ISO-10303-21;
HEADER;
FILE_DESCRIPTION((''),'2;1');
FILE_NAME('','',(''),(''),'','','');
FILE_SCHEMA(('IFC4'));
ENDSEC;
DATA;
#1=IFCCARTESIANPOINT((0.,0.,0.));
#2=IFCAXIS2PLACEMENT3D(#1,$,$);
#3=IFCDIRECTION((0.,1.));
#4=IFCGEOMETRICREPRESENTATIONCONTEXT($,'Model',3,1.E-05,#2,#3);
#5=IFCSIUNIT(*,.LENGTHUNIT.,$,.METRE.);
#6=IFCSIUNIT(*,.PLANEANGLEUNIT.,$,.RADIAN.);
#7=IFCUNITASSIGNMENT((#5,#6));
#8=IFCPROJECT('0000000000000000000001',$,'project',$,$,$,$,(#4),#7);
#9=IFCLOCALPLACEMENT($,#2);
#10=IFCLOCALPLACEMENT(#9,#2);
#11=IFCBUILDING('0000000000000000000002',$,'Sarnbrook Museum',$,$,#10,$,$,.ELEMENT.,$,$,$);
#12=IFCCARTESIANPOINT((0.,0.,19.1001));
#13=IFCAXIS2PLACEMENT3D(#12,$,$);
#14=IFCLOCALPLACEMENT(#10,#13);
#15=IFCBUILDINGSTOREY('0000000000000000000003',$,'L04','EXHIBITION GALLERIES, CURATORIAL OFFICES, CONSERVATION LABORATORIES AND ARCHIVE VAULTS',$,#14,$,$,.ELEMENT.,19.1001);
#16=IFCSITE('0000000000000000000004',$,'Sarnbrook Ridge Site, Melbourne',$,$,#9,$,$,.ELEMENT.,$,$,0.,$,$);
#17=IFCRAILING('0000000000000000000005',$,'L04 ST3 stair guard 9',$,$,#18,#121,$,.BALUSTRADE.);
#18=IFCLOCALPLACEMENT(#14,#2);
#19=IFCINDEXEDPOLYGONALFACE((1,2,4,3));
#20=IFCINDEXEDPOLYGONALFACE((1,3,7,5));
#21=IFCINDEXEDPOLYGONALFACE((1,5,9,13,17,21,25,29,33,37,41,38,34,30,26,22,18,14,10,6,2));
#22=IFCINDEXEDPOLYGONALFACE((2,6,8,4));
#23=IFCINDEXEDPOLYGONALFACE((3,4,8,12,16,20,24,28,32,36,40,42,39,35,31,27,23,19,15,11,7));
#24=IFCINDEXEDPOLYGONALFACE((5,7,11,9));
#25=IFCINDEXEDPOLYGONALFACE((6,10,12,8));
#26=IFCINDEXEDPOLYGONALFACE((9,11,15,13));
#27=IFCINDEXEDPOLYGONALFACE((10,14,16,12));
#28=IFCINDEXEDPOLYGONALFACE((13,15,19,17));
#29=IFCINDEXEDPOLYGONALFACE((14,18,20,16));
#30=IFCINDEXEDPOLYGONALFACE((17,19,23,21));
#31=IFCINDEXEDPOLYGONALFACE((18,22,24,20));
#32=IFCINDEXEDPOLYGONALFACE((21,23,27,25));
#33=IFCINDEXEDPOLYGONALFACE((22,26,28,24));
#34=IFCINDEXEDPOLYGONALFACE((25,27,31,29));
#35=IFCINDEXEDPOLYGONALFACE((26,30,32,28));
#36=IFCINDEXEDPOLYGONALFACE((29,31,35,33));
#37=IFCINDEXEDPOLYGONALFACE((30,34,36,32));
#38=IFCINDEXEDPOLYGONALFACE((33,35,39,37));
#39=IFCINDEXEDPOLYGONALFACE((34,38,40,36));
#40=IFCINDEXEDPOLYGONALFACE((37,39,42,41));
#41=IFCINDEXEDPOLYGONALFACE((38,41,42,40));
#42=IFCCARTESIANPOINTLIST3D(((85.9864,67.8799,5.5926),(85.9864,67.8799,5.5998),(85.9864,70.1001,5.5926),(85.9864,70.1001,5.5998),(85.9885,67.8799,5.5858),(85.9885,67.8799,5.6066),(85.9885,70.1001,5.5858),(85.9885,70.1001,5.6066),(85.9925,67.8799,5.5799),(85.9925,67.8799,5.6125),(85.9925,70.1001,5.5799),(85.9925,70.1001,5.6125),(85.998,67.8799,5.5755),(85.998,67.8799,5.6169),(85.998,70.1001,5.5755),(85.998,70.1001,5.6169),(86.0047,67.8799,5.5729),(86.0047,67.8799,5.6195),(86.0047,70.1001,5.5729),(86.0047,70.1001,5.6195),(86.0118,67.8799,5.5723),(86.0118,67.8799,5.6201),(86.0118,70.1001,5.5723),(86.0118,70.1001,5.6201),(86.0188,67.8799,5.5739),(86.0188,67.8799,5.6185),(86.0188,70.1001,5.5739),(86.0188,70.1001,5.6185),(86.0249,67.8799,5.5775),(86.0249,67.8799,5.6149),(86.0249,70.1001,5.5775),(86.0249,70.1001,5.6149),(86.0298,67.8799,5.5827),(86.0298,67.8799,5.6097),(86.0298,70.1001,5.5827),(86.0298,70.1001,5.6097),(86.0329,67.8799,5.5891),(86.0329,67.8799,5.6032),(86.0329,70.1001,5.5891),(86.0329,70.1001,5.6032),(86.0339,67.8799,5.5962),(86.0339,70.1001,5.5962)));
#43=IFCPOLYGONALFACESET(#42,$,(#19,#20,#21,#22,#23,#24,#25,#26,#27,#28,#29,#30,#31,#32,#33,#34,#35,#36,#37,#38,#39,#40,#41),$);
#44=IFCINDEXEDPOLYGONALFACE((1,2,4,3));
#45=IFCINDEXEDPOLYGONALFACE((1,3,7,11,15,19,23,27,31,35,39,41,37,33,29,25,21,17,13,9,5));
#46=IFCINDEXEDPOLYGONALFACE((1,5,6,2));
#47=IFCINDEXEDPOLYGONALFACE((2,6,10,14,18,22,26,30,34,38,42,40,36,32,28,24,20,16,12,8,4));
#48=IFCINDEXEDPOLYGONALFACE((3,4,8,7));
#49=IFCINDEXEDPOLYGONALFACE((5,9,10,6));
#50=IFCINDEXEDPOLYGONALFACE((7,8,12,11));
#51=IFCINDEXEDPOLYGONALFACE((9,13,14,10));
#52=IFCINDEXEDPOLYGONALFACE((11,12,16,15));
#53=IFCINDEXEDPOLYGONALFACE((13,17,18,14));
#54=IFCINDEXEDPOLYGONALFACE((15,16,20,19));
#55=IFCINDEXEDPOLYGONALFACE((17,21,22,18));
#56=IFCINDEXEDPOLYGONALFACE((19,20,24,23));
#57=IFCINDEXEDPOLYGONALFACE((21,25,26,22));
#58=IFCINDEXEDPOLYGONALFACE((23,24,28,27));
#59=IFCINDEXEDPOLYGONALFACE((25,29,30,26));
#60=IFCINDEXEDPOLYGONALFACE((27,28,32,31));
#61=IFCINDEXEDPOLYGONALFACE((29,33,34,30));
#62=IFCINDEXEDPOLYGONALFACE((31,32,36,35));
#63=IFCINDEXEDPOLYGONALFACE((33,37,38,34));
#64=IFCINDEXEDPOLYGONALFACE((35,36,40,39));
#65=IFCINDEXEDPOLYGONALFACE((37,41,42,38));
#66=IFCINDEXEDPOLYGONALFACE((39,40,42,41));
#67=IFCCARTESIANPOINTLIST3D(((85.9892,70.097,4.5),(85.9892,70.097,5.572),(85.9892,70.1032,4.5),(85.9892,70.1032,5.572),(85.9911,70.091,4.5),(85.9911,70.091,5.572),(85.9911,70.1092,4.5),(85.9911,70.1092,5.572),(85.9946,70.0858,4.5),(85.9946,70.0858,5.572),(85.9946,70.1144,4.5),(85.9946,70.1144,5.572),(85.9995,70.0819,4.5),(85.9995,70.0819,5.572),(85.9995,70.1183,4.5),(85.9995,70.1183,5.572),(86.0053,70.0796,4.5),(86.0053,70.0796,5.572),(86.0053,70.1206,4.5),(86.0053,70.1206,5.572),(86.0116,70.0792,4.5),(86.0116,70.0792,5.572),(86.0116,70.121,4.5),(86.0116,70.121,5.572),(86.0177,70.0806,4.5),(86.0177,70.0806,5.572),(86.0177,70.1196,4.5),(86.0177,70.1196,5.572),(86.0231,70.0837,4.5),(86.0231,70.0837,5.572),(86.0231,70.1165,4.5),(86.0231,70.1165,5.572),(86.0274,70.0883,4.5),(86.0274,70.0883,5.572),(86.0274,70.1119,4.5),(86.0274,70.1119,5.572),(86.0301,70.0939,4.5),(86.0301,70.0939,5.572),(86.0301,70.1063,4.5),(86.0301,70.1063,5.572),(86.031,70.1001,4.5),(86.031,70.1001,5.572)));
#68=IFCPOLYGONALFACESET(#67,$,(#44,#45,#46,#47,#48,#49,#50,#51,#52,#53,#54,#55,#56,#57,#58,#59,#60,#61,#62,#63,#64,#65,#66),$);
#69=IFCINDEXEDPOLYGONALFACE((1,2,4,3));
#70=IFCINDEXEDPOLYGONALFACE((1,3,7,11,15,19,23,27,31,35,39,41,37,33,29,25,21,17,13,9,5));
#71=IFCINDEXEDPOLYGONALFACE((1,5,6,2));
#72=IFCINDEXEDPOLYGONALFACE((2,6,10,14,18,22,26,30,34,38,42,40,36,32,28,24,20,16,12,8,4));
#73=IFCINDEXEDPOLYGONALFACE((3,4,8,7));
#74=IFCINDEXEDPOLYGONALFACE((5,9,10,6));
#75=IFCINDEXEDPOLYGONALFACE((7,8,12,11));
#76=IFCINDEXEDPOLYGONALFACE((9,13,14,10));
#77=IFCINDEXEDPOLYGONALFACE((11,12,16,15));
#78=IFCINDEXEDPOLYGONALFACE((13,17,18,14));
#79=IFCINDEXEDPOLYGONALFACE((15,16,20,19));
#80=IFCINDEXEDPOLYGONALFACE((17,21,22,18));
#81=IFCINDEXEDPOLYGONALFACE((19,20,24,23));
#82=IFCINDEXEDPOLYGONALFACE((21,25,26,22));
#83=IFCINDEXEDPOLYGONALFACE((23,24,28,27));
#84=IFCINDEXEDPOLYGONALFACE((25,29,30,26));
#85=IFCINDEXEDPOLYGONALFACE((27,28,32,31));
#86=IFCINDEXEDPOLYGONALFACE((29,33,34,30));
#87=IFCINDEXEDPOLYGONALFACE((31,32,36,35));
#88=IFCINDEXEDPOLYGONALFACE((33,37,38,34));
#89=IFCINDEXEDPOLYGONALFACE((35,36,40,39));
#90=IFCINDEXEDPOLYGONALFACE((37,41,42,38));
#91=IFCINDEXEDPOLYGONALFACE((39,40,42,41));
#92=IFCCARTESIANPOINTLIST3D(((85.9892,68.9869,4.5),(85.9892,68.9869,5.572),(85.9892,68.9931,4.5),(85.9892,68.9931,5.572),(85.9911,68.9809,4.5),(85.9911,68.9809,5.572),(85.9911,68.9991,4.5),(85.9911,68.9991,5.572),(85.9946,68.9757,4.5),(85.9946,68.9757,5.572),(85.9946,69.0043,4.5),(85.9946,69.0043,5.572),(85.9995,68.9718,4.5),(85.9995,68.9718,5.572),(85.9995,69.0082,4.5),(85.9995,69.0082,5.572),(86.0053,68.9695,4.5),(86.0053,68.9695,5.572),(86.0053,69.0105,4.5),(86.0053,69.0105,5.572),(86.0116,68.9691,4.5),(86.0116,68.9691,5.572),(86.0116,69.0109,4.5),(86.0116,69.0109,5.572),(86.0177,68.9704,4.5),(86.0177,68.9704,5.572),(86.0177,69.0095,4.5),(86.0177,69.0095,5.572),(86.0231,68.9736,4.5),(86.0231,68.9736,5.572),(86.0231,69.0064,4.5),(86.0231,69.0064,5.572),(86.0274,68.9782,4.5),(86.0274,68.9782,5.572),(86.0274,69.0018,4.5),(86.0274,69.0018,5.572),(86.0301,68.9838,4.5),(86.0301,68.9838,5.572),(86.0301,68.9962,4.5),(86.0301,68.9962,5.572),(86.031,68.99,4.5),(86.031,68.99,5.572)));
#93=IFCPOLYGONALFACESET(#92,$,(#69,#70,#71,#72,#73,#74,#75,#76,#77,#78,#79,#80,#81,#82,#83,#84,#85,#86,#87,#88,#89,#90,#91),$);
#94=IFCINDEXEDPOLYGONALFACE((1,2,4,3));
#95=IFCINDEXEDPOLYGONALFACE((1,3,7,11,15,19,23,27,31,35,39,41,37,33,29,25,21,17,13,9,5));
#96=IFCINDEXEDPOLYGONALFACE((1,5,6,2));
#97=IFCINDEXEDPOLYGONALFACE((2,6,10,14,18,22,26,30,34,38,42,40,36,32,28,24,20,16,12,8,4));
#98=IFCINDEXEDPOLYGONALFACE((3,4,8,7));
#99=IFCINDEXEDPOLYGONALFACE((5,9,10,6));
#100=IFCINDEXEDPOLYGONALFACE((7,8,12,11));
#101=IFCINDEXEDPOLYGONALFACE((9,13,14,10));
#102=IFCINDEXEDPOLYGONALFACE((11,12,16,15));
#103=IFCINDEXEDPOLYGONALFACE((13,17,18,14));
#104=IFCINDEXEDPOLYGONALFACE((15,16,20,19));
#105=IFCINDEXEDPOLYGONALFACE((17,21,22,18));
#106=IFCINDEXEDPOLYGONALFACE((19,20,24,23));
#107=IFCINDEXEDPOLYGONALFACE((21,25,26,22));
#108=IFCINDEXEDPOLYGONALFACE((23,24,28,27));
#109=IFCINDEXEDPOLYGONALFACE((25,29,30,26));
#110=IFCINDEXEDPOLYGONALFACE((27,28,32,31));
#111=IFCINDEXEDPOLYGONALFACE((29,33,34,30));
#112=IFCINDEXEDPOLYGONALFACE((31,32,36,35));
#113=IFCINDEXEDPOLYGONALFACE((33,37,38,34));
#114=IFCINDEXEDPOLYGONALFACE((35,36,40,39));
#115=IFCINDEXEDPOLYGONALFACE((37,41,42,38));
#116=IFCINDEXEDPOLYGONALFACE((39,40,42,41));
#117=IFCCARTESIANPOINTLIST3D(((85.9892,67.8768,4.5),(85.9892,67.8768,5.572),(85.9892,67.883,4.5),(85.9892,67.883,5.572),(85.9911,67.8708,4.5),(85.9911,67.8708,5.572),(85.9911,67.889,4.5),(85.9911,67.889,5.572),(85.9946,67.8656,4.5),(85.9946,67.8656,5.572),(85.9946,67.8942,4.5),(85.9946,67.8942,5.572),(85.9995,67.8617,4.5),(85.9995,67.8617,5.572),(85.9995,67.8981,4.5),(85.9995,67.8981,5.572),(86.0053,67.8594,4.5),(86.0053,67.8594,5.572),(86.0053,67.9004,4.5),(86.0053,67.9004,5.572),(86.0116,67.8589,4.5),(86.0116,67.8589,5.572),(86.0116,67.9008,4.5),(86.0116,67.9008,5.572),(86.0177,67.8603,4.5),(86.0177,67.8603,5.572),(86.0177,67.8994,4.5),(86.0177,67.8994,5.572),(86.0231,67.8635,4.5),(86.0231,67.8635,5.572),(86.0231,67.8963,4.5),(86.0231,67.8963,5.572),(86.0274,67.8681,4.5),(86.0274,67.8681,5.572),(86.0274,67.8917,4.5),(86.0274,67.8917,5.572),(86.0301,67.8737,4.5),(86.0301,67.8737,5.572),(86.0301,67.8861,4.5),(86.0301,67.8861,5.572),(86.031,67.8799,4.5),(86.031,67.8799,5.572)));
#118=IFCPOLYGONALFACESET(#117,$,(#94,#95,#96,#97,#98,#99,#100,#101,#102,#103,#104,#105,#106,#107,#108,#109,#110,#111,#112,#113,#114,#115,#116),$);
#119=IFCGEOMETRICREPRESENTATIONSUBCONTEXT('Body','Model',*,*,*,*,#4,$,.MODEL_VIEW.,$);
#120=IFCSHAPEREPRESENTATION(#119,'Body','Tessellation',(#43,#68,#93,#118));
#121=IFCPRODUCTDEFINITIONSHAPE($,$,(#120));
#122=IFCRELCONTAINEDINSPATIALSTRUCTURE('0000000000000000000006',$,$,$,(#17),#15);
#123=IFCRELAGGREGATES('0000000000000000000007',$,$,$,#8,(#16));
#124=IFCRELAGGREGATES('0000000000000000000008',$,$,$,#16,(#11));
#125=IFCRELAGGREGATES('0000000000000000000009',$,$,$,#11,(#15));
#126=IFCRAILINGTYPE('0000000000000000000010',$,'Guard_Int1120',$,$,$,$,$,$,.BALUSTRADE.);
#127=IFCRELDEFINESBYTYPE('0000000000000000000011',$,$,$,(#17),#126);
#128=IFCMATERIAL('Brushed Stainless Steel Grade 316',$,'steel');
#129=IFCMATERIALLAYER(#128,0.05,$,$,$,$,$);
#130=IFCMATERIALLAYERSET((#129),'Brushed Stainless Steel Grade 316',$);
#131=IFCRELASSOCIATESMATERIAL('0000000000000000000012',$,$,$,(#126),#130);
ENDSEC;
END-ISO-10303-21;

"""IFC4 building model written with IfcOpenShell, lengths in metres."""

from ifc_helpers import new_model, si_unit, direction, frame, origin, origin_2d, place, context, subcontext, project, spatial, circle, extrude, material, layer, layer_set, type_object, element, save


model = new_model("IFC4")

# Units and contexts
model_context = context("Model", 3, precision=1e-05, world=origin(), true_north=direction((0.0, 1.0)))
body_context = subcontext(model_context, "Body", "Model", "MODEL_VIEW")
ifc_project = project(units=[si_unit("LENGTHUNIT", "METRE"), si_unit("PLANEANGLEUNIT", "RADIAN")], contexts=[model_context])

# Site, building, storey
site_placement = place(None, origin())
site = spatial("IfcSite", under=ifc_project, at=site_placement, Name="Sarnbrook Ridge Site, Melbourne", CompositionType="ELEMENT", RefElevation=0.0)
building_placement = place(site_placement, origin())
building = spatial("IfcBuilding", under=site, at=building_placement, Name="Sarnbrook Museum", CompositionType="ELEMENT")
storey_placement = place(building_placement, frame((0.0, 0.0, 19.1001)))
storey = spatial("IfcBuildingStorey", under=building, at=storey_placement, Name="L04", Description="EXHIBITION GALLERIES, CURATORIAL OFFICES, CONSERVATION LABORATORIES AND ARCHIVE VAULTS", CompositionType="ELEMENT", Elevation=19.1001)

# Shared definitions
ifc_material_1 = material(Name="Brushed Stainless Steel Grade 316", Category="steel")

# Railing
ifc_layer_1 = layer(ifc_material_1, 0.05)
ifc_layer_set_1 = layer_set([ifc_layer_1], Name="Brushed Stainless Steel Grade 316")
railing_type = type_object("IfcRailingType", Name="Guard_Int1120", PredefinedType="BALUSTRADE", material=ifc_layer_set_1)
for number, where, name in (
    (1, (86.01, 70.1001, 4.5), "L04 ST3 stair guard 9"),
):
    element("IfcRailing", number, at=place(storey_placement, frame(where)), inside=storey, type_object=railing_type, Name=name, PredefinedType="BALUSTRADE", context=body_context, shape_type="SweptSolid", body=[
        extrude(circle(Radius=0.0239, at=origin_2d()), frame((0.0, 0.0, 1.0962), z_axis=(0.0, -1.0, 0.0), x_axis=(1.0, 0.0, 0.0)), (0.0, 0.0, 1.0), 2.2202),
        extrude(circle(Radius=0.021, at=origin_2d()), origin(), (0.0, 0.0, 1.0), 1.072),
        extrude(circle(Radius=0.021, at=origin_2d()), frame((0.0, -1.1101, 0.0)), (0.0, 0.0, 1.0), 1.072),
        extrude(circle(Radius=0.021, at=origin_2d()), frame((0.0, -2.2202, 0.0)), (0.0, 0.0, 1.0), 1.072),
    ])

save(model, "model.ifc")
